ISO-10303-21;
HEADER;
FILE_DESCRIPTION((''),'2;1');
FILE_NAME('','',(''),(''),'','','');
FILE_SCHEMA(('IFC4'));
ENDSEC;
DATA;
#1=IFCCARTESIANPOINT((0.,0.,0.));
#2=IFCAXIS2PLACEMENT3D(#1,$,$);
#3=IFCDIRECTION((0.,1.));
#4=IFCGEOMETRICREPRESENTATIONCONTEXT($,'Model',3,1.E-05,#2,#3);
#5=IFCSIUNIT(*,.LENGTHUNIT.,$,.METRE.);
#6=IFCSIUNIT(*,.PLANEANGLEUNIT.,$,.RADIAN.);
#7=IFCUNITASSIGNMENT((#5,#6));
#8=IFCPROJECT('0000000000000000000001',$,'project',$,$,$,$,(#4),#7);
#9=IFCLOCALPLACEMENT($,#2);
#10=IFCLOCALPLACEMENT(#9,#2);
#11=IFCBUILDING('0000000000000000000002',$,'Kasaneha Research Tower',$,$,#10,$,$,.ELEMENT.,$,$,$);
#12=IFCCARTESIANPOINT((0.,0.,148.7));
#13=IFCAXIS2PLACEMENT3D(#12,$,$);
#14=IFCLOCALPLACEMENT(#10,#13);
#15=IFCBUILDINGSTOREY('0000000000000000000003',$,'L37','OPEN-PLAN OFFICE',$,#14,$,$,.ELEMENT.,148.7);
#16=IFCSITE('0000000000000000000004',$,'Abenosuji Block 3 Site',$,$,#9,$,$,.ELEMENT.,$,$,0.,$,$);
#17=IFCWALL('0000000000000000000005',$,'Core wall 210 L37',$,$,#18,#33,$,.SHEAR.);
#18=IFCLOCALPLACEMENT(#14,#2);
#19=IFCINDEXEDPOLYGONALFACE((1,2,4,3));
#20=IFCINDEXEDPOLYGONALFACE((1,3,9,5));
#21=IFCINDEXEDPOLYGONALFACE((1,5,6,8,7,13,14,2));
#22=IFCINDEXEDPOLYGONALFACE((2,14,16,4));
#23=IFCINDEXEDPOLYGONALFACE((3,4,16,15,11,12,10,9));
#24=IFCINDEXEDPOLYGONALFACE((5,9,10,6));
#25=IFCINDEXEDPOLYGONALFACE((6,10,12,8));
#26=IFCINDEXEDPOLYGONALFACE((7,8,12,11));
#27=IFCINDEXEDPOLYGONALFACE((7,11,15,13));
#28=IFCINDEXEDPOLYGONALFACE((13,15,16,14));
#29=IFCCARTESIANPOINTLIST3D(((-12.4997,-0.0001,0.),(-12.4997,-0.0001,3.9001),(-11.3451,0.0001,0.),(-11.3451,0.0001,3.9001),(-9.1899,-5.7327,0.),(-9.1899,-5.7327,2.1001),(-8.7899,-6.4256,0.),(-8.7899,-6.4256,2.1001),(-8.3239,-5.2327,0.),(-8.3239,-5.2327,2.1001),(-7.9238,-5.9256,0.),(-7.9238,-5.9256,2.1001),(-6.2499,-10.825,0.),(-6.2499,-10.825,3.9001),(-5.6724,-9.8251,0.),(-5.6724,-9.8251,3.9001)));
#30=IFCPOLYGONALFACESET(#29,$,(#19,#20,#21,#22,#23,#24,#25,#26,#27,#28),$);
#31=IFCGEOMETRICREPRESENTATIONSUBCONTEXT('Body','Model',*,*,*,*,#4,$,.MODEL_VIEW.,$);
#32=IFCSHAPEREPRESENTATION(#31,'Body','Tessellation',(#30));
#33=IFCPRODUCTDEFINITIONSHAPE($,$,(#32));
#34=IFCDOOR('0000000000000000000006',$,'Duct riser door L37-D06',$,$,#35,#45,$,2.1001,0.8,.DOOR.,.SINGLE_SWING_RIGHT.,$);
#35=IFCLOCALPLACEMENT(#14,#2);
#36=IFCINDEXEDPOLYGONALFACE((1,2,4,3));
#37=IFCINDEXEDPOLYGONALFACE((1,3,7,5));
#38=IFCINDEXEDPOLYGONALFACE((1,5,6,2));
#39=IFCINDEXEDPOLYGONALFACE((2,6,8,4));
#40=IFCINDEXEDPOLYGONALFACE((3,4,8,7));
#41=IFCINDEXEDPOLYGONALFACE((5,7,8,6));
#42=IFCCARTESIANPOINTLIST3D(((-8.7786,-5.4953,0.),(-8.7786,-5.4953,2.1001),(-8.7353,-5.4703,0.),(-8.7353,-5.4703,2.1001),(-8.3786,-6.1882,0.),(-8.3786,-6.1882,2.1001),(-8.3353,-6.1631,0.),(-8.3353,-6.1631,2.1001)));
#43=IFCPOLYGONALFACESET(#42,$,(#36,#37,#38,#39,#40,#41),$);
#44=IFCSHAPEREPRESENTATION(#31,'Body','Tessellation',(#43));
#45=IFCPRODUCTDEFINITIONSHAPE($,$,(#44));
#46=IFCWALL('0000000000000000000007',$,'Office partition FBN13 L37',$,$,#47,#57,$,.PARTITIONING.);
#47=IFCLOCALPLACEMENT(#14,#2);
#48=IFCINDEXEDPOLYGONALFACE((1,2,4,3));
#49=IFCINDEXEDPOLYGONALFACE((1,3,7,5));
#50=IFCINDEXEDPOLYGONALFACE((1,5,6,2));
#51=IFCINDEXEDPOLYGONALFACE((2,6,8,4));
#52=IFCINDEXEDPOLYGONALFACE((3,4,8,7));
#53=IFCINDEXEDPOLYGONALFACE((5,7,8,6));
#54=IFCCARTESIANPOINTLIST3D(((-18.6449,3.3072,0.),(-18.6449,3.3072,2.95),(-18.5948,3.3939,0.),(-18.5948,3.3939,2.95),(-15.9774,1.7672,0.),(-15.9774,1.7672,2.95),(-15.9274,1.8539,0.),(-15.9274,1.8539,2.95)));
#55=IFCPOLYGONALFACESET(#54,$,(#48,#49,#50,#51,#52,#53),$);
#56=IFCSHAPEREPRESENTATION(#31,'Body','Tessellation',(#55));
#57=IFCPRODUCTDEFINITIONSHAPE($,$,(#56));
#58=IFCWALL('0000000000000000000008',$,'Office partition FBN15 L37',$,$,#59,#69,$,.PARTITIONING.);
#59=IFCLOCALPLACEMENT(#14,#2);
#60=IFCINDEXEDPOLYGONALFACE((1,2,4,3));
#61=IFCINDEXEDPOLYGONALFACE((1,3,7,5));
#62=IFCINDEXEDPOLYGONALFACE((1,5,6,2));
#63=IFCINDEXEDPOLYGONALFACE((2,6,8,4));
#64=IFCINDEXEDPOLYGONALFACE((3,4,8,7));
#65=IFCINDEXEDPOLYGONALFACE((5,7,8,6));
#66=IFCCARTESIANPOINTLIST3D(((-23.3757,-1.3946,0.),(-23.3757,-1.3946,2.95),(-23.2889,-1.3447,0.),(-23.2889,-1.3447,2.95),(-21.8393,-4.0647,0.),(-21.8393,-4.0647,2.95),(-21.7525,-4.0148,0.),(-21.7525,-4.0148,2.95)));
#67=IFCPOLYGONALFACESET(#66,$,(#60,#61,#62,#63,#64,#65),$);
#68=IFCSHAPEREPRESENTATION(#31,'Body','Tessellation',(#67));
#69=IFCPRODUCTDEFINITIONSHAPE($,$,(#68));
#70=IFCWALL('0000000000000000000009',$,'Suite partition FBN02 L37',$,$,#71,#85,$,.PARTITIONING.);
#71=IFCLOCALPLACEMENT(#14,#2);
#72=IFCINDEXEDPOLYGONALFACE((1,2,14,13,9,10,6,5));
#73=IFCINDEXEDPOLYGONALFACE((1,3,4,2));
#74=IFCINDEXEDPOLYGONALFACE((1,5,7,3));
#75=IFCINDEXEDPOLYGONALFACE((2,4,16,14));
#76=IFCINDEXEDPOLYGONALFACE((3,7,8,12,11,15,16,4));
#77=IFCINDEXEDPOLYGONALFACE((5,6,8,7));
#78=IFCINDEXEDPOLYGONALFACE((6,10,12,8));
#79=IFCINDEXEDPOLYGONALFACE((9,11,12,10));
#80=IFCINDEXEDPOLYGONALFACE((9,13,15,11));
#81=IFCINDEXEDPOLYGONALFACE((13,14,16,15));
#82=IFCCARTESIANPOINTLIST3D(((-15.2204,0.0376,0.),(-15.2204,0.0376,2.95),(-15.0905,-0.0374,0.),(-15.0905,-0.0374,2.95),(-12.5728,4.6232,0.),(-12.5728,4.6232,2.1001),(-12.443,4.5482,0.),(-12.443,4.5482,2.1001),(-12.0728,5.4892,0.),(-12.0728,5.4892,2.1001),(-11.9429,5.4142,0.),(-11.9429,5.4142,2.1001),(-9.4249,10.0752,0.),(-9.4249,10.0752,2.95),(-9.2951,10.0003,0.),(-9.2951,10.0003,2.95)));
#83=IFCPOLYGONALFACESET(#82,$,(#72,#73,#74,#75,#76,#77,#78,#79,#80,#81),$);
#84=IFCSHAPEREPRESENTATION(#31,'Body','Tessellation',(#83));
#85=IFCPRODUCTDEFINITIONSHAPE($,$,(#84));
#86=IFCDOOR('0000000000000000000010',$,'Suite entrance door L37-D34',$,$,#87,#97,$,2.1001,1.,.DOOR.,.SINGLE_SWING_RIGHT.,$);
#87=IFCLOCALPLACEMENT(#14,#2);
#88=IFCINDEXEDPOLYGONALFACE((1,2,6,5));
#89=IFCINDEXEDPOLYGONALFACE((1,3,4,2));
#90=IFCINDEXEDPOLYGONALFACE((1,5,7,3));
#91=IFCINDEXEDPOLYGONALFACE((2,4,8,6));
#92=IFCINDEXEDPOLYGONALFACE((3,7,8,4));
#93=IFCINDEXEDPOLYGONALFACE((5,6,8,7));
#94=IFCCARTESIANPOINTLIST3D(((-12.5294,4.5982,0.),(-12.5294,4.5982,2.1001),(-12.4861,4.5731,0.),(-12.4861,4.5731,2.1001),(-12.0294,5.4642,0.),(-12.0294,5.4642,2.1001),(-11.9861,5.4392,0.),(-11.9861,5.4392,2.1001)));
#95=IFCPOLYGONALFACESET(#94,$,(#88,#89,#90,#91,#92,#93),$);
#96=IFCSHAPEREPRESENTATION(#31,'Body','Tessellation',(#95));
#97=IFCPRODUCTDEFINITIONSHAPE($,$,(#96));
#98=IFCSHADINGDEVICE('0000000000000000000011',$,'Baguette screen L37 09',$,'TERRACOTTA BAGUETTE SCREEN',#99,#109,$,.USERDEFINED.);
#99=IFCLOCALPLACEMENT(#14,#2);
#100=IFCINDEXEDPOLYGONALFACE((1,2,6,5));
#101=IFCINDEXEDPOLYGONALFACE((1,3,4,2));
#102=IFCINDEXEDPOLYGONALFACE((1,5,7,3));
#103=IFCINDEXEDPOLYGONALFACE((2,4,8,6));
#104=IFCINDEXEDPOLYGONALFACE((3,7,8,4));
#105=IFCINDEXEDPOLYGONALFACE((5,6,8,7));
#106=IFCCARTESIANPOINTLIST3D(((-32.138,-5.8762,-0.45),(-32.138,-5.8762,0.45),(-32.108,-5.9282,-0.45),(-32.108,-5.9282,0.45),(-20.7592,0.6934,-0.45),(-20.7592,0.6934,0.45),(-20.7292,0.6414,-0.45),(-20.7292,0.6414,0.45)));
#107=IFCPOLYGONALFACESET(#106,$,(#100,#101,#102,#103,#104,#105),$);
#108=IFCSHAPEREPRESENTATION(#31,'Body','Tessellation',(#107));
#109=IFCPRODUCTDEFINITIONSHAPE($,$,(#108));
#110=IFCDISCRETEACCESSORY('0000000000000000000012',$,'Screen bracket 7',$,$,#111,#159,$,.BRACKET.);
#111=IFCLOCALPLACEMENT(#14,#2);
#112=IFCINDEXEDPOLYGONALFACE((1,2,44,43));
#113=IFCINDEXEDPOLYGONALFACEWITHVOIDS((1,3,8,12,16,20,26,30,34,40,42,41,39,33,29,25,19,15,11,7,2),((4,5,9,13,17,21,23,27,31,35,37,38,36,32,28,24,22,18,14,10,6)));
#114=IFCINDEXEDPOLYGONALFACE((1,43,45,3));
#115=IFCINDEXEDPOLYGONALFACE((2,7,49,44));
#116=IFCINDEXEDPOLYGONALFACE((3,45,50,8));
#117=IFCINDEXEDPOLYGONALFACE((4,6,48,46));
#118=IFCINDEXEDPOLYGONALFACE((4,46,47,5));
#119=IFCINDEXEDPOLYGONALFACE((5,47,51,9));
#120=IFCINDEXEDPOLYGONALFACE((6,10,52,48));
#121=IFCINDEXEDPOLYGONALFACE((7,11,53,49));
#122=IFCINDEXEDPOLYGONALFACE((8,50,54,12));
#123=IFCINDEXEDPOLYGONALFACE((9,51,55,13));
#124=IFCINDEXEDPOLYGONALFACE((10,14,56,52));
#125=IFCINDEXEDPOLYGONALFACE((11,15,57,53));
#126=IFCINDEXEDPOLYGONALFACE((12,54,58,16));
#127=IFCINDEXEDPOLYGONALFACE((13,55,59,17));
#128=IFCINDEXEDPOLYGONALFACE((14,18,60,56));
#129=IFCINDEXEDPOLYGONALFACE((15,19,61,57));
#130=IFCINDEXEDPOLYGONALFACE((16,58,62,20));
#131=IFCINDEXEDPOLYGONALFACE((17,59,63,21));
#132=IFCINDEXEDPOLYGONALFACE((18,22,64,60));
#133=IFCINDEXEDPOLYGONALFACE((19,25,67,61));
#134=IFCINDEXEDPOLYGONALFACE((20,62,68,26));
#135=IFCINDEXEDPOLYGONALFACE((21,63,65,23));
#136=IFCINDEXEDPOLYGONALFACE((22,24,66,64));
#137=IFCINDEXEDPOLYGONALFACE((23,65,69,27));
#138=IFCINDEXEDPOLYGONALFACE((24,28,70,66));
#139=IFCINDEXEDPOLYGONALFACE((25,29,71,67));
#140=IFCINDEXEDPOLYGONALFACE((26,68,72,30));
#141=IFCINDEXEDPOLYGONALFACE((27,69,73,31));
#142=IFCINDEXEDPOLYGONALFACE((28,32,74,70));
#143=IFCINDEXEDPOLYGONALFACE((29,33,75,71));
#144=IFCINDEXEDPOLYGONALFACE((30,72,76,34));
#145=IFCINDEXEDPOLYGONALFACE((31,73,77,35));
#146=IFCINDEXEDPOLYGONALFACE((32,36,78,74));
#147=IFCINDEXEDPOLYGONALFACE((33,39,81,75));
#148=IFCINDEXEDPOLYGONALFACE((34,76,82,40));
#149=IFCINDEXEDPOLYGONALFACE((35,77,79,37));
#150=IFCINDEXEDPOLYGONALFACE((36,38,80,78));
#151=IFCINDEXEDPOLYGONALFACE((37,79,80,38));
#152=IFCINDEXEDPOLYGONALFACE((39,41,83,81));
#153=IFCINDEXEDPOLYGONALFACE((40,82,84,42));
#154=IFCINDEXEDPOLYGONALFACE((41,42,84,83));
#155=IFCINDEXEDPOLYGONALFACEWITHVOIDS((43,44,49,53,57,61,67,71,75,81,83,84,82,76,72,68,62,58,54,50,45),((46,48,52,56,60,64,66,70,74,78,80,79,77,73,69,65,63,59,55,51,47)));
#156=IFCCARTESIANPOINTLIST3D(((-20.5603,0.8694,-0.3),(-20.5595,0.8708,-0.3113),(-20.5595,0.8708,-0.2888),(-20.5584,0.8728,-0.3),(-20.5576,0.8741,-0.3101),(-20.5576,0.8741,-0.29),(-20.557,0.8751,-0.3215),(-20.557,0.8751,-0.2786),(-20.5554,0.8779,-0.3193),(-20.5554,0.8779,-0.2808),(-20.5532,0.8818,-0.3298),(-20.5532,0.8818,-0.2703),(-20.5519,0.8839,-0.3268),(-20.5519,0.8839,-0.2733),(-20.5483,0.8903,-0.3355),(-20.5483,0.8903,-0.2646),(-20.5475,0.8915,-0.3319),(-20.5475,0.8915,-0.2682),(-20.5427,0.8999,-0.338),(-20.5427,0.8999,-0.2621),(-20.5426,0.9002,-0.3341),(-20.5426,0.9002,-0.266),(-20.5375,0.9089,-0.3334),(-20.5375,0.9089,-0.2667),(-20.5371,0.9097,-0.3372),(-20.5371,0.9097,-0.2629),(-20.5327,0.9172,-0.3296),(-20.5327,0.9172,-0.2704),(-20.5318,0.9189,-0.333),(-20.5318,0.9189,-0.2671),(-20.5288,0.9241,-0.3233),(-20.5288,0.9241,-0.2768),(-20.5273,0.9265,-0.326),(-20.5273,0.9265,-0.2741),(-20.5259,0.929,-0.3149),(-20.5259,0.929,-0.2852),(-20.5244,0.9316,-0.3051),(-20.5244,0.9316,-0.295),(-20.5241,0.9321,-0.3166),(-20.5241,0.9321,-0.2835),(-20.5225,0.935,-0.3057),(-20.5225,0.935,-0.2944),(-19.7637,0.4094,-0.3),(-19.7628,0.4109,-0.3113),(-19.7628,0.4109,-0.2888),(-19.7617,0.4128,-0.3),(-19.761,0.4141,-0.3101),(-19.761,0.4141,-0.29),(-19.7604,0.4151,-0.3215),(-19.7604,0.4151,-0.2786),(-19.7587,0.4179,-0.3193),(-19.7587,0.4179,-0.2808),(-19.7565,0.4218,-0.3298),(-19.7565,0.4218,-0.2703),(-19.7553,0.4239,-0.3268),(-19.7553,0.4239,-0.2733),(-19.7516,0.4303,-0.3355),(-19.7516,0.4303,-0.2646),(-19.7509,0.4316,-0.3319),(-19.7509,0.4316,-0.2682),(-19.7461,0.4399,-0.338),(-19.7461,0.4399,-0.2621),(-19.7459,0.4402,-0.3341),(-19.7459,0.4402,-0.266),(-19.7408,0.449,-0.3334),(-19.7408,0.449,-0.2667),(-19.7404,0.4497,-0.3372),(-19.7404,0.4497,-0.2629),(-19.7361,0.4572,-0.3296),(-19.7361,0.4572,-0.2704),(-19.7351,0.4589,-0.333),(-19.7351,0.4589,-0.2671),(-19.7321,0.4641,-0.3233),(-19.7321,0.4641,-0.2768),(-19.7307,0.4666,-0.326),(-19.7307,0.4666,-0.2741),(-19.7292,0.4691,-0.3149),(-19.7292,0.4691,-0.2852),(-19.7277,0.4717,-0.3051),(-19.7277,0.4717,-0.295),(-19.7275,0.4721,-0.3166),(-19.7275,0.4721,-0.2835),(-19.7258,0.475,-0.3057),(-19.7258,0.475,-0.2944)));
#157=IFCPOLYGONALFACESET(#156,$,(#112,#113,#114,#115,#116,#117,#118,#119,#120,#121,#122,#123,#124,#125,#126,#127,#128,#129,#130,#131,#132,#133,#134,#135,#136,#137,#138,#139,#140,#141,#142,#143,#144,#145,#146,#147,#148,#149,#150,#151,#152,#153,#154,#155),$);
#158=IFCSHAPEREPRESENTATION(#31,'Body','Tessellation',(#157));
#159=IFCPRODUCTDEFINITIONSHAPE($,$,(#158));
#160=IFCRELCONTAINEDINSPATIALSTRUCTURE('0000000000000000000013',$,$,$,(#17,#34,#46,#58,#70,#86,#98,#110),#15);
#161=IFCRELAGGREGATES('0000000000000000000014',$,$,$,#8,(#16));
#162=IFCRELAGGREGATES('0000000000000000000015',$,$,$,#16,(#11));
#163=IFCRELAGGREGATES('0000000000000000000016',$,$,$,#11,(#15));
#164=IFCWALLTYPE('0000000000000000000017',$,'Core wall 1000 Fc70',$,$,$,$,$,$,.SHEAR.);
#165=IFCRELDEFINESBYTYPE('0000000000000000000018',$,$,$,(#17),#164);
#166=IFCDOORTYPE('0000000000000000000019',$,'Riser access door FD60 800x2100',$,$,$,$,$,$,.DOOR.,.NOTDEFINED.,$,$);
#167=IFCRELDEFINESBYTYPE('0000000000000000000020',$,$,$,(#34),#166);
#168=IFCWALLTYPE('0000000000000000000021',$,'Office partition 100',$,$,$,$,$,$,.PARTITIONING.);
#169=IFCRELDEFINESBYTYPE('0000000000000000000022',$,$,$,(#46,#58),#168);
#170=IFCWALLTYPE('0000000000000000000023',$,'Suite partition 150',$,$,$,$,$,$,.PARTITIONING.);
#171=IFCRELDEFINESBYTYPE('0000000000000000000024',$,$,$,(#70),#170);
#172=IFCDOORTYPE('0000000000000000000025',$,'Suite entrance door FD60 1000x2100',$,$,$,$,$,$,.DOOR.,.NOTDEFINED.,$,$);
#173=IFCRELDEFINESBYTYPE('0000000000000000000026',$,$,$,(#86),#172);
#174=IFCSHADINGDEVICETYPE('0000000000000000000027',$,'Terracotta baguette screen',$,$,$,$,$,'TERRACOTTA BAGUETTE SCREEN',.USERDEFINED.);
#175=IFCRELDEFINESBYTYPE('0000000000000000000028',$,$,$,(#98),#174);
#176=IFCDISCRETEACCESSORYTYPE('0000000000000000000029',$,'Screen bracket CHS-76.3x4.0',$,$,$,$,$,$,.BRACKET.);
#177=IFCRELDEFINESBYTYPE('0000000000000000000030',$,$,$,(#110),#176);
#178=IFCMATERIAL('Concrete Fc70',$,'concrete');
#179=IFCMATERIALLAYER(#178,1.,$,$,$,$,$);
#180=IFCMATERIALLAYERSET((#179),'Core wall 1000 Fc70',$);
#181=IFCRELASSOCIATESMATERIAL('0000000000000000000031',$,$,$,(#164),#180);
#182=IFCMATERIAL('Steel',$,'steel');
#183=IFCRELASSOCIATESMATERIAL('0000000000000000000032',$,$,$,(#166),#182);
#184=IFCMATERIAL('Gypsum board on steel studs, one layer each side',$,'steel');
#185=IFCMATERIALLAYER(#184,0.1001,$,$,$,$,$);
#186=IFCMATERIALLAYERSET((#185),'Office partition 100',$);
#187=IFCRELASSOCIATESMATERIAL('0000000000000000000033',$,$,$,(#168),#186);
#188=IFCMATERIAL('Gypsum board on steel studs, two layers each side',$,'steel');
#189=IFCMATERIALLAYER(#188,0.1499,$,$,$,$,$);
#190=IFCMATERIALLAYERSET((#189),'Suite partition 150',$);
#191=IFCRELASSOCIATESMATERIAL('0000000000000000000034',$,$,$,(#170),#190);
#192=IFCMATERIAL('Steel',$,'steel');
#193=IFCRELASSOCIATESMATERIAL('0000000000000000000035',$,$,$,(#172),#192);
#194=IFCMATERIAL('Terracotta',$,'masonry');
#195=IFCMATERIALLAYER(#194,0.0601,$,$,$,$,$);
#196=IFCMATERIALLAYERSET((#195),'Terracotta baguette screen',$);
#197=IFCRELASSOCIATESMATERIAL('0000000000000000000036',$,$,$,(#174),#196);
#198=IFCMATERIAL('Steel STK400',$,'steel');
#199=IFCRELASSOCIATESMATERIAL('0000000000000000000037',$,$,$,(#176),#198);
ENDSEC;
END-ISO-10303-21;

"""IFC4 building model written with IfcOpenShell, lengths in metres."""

from ifc_helpers import new_model, si_unit, direction, frame, frame_2d, origin, origin_2d, place, context, subcontext, project, spatial, polyline, rectangle, hollow_circle, outline, extrude, material, layer, layer_set, material_profile, profile_set, type_object, element, fill, save


model = new_model("IFC4")

# Units and contexts
model_context = context("Model", 3, precision=1e-05, world=origin(), true_north=direction((0.0, 1.0)))
body_context = subcontext(model_context, "Body", "Model", "MODEL_VIEW")
ifc_project = project(units=[si_unit("LENGTHUNIT", "METRE"), si_unit("PLANEANGLEUNIT", "RADIAN")], contexts=[model_context])

# Site, building, storey
site_placement = place(None, origin())
site = spatial("IfcSite", under=ifc_project, at=site_placement, Name="Abenosuji Block 3 Site", CompositionType="ELEMENT", RefElevation=0.0)
building_placement = place(site_placement, origin())
building = spatial("IfcBuilding", under=site, at=building_placement, Name="Kasaneha Research Tower", CompositionType="ELEMENT")
storey_placement = place(building_placement, frame((0.0, 0.0, 148.7)))
storey = spatial("IfcBuildingStorey", under=building, at=storey_placement, Name="L37", Description="OPEN-PLAN OFFICE", CompositionType="ELEMENT", Elevation=148.7)

# Wall, opening, door
ifc_material_1 = material(Name="Concrete Fc70", Category="concrete")
ifc_layer_1 = layer(ifc_material_1, 1.0)
ifc_layer_set_1 = layer_set([ifc_layer_1], Name="Core wall 1000 Fc70")
wall_type_1 = type_object("IfcWallType", Name="Core wall 1000 Fc70", PredefinedType="SHEAR", material=ifc_layer_set_1)
wall_1_placement = place(storey_placement, frame((-11.9224, 0.0, 0.0), z_axis=(0.0, 0.0, 1.0), x_axis=(0.500004, -0.866023, 0.0)))
wall_1 = element("IfcWall", 1, at=wall_1_placement, inside=storey, type_object=wall_type_1, Name="Core wall 210 L37", PredefinedType="SHEAR", context=body_context, shape_type="SweptSolid", body=[
    extrude(outline(polyline([(-0.2886, -0.5), (6.3311, -0.5), (7.1311, -0.5), (12.2109, -0.5), (11.6338, 0.5), (7.1311, 0.5), (6.3311, 0.5), (0.2886, 0.5), (-0.2886, -0.5)])), origin(), (0.0, 0.0, 1.0), 3.9001),
])
opening_1_placement = place(wall_1_placement, frame((6.3311, 0.0, 0.0)))
opening_1 = element("IfcOpeningElement", 2, at=opening_1_placement, cuts=wall_1, PredefinedType="OPENING", context=body_context, shape_type="SweptSolid", body=[
    extrude(rectangle(XDim=0.8, YDim=2.1001, at=frame_2d((0.3999, 1.05))), frame((0.0, 0.51, 0.0), z_axis=(0.0, -1.0, 0.0), x_axis=(1.0, 0.0, 0.0)), (0.0, 0.0, 1.0), 1.02),
])
ifc_material_2 = material(Name="Steel", Category="steel")
door_type_1 = type_object("IfcDoorType", Name="Riser access door FD60 800x2100", OperationType="NOTDEFINED", PredefinedType="DOOR", material=ifc_material_2)
door_1_placement = place(opening_1_placement, origin())
door_1 = element("IfcDoor", 3, at=door_1_placement, inside=storey, type_object=door_type_1, Name="Duct riser door L37-D06", OperationType="SINGLE_SWING_RIGHT", OverallHeight=2.1001, OverallWidth=0.8, PredefinedType="DOOR", context=body_context, shape_type="SweptSolid", body=[
    extrude(rectangle(XDim=0.8, YDim=2.1001, at=frame_2d((0.3999, 1.05))), frame((0.0, 0.0249, 0.0), z_axis=(0.0, -1.0, 0.0), x_axis=(1.0, 0.0, 0.0)), (0.0, 0.0, 1.0), 0.05),
])
fill(opening_1, door_1)

# Walls
ifc_material_3 = material(Name="Gypsum board on steel studs, one layer each side", Category="steel")
ifc_layer_2 = layer(ifc_material_3, 0.1001)
ifc_layer_set_2 = layer_set([ifc_layer_2], Name="Office partition 100")
wall_type_2 = type_object("IfcWallType", Name="Office partition 100", PredefinedType="PARTITIONING", material=ifc_layer_set_2)
wall_2_placement = place(storey_placement, frame((-15.9524, 1.8105, 0.0), z_axis=(0.0, 0.0, 1.0), x_axis=(-0.86603, 0.499992, 0.0)))
element("IfcWall", 4, at=wall_2_placement, inside=storey, type_object=wall_type_2, Name="Office partition FBN13 L37", PredefinedType="PARTITIONING", context=body_context, shape_type="SweptSolid", body=[
    extrude(rectangle(XDim=3.0801, YDim=0.1001, at=frame_2d((1.54, 0.0))), origin(), (0.0, 0.0, 1.0), 2.95),
])
wall_3_placement = place(storey_placement, frame((-23.3323, -1.3696, 0.0), z_axis=(0.0, 0.0, 1.0), x_axis=(0.498723, -0.866762, 0.0)))
element("IfcWall", 5, at=wall_3_placement, inside=storey, type_object=wall_type_2, Name="Office partition FBN15 L37", PredefinedType="PARTITIONING", context=body_context, shape_type="SweptSolid", body=[
    extrude(rectangle(XDim=3.0806, YDim=0.1001, at=frame_2d((1.5403, 0.0))), origin(), (0.0, 0.0, 1.0), 2.95),
])

# Wall, opening, door
ifc_material_4 = material(Name="Gypsum board on steel studs, two layers each side", Category="steel")
ifc_layer_3 = layer(ifc_material_4, 0.1499)
ifc_layer_set_3 = layer_set([ifc_layer_3], Name="Suite partition 150")
wall_type_3 = type_object("IfcWallType", Name="Suite partition 150", PredefinedType="PARTITIONING", material=ifc_layer_set_3)
wall_4_placement = place(storey_placement, frame((-15.1555, 0.0, 0.0), z_axis=(0.0, 0.0, 1.0), x_axis=(0.500013, 0.866018, 0.0)))
wall_4 = element("IfcWall", 6, at=wall_4_placement, inside=storey, type_object=wall_type_3, Name="Suite partition FBN02 L37", PredefinedType="PARTITIONING", context=body_context, shape_type="SweptSolid", body=[
    extrude(rectangle(XDim=11.5906, YDim=0.1499, at=frame_2d((5.7954, 0.0))), origin(), (0.0, 0.0, 1.0), 2.95),
])
opening_2_placement = place(wall_4_placement, frame((5.2952, 0.0, 0.0)))
opening_2 = element("IfcOpeningElement", 7, at=opening_2_placement, cuts=wall_4, PredefinedType="OPENING", context=body_context, shape_type="SweptSolid", body=[
    extrude(rectangle(XDim=1.0, YDim=2.1001, at=frame_2d((0.5, 1.05))), frame((0.0, 0.085, 0.0), z_axis=(0.0, -1.0, 0.0), x_axis=(1.0, 0.0, 0.0)), (0.0, 0.0, 1.0), 0.1699),
])
ifc_material_5 = material(Name="Steel", Category="steel")
door_type_2 = type_object("IfcDoorType", Name="Suite entrance door FD60 1000x2100", OperationType="NOTDEFINED", PredefinedType="DOOR", material=ifc_material_5)
door_2_placement = place(opening_2_placement, origin())
door_2 = element("IfcDoor", 8, at=door_2_placement, inside=storey, type_object=door_type_2, Name="Suite entrance door L37-D34", OperationType="SINGLE_SWING_RIGHT", OverallHeight=2.1001, OverallWidth=1.0, PredefinedType="DOOR", context=body_context, shape_type="SweptSolid", body=[
    extrude(rectangle(XDim=1.0, YDim=2.1001, at=frame_2d((0.5, 1.05))), frame((0.0, 0.0249, 0.0), z_axis=(0.0, -1.0, 0.0), x_axis=(1.0, 0.0, 0.0)), (0.0, 0.0, 1.0), 0.05),
])
fill(opening_2, door_2)

# Shading device
ifc_material_6 = material(Name="Terracotta", Category="masonry")
ifc_layer_4 = layer(ifc_material_6, 0.0601)
ifc_layer_set_4 = layer_set([ifc_layer_4], Name="Terracotta baguette screen")
shading_device_type = type_object("IfcShadingDeviceType", Name="Terracotta baguette screen", ElementType="TERRACOTTA BAGUETTE SCREEN", PredefinedType="USERDEFINED", material=ifc_layer_set_4)
shading_device_placement = place(storey_placement, frame((-26.4336, -2.6174, -0.45), z_axis=(0.0, 0.0, 1.0), x_axis=(-0.866025, -0.5, 0.0)))
element("IfcShadingDevice", 9, at=shading_device_placement, inside=storey, type_object=shading_device_type, Name="Baguette screen L37 09", ObjectType="TERRACOTTA BAGUETTE SCREEN", PredefinedType="USERDEFINED", context=body_context, shape_type="SweptSolid", body=[
    extrude(rectangle(XDim=13.1392, YDim=0.0601, at=origin_2d()), origin(), (0.0, 0.0, 1.0), 0.8999),
])

# Discrete accessory
ifc_material_7 = material(Name="Steel STK400", Category="steel")
ifc_material_profile_1 = material_profile(ifc_material_7, hollow_circle(Radius=0.0381, WallThickness=0.0039, at=origin_2d()), Name="CHS-76.3x4.0")
ifc_profile_set_1 = profile_set([ifc_material_profile_1], Name="Steel STK400")
discrete_accessory_type = type_object("IfcDiscreteAccessoryType", Name="Screen bracket CHS-76.3x4.0", PredefinedType="BRACKET", material=ifc_profile_set_1)
for number, where, z_axis, x_axis, name in (
    (10, (-19.7446, 0.4424, -0.3), (-0.866013, 0.500021, 0.0), (-0.500021, -0.866013, 0.0), "Screen bracket 7"),
):
    element("IfcDiscreteAccessory", number, at=place(storey_placement, frame(where, z_axis=z_axis, x_axis=x_axis)), inside=storey, type_object=discrete_accessory_type, Name=name, PredefinedType="BRACKET", context=body_context, shape_type="SweptSolid", body=[
        extrude(hollow_circle(Radius=0.0381, WallThickness=0.0039, at=origin_2d()), origin(), (0.0, 0.0, 1.0), 0.9199),
    ])

save(model, "model.ifc")
